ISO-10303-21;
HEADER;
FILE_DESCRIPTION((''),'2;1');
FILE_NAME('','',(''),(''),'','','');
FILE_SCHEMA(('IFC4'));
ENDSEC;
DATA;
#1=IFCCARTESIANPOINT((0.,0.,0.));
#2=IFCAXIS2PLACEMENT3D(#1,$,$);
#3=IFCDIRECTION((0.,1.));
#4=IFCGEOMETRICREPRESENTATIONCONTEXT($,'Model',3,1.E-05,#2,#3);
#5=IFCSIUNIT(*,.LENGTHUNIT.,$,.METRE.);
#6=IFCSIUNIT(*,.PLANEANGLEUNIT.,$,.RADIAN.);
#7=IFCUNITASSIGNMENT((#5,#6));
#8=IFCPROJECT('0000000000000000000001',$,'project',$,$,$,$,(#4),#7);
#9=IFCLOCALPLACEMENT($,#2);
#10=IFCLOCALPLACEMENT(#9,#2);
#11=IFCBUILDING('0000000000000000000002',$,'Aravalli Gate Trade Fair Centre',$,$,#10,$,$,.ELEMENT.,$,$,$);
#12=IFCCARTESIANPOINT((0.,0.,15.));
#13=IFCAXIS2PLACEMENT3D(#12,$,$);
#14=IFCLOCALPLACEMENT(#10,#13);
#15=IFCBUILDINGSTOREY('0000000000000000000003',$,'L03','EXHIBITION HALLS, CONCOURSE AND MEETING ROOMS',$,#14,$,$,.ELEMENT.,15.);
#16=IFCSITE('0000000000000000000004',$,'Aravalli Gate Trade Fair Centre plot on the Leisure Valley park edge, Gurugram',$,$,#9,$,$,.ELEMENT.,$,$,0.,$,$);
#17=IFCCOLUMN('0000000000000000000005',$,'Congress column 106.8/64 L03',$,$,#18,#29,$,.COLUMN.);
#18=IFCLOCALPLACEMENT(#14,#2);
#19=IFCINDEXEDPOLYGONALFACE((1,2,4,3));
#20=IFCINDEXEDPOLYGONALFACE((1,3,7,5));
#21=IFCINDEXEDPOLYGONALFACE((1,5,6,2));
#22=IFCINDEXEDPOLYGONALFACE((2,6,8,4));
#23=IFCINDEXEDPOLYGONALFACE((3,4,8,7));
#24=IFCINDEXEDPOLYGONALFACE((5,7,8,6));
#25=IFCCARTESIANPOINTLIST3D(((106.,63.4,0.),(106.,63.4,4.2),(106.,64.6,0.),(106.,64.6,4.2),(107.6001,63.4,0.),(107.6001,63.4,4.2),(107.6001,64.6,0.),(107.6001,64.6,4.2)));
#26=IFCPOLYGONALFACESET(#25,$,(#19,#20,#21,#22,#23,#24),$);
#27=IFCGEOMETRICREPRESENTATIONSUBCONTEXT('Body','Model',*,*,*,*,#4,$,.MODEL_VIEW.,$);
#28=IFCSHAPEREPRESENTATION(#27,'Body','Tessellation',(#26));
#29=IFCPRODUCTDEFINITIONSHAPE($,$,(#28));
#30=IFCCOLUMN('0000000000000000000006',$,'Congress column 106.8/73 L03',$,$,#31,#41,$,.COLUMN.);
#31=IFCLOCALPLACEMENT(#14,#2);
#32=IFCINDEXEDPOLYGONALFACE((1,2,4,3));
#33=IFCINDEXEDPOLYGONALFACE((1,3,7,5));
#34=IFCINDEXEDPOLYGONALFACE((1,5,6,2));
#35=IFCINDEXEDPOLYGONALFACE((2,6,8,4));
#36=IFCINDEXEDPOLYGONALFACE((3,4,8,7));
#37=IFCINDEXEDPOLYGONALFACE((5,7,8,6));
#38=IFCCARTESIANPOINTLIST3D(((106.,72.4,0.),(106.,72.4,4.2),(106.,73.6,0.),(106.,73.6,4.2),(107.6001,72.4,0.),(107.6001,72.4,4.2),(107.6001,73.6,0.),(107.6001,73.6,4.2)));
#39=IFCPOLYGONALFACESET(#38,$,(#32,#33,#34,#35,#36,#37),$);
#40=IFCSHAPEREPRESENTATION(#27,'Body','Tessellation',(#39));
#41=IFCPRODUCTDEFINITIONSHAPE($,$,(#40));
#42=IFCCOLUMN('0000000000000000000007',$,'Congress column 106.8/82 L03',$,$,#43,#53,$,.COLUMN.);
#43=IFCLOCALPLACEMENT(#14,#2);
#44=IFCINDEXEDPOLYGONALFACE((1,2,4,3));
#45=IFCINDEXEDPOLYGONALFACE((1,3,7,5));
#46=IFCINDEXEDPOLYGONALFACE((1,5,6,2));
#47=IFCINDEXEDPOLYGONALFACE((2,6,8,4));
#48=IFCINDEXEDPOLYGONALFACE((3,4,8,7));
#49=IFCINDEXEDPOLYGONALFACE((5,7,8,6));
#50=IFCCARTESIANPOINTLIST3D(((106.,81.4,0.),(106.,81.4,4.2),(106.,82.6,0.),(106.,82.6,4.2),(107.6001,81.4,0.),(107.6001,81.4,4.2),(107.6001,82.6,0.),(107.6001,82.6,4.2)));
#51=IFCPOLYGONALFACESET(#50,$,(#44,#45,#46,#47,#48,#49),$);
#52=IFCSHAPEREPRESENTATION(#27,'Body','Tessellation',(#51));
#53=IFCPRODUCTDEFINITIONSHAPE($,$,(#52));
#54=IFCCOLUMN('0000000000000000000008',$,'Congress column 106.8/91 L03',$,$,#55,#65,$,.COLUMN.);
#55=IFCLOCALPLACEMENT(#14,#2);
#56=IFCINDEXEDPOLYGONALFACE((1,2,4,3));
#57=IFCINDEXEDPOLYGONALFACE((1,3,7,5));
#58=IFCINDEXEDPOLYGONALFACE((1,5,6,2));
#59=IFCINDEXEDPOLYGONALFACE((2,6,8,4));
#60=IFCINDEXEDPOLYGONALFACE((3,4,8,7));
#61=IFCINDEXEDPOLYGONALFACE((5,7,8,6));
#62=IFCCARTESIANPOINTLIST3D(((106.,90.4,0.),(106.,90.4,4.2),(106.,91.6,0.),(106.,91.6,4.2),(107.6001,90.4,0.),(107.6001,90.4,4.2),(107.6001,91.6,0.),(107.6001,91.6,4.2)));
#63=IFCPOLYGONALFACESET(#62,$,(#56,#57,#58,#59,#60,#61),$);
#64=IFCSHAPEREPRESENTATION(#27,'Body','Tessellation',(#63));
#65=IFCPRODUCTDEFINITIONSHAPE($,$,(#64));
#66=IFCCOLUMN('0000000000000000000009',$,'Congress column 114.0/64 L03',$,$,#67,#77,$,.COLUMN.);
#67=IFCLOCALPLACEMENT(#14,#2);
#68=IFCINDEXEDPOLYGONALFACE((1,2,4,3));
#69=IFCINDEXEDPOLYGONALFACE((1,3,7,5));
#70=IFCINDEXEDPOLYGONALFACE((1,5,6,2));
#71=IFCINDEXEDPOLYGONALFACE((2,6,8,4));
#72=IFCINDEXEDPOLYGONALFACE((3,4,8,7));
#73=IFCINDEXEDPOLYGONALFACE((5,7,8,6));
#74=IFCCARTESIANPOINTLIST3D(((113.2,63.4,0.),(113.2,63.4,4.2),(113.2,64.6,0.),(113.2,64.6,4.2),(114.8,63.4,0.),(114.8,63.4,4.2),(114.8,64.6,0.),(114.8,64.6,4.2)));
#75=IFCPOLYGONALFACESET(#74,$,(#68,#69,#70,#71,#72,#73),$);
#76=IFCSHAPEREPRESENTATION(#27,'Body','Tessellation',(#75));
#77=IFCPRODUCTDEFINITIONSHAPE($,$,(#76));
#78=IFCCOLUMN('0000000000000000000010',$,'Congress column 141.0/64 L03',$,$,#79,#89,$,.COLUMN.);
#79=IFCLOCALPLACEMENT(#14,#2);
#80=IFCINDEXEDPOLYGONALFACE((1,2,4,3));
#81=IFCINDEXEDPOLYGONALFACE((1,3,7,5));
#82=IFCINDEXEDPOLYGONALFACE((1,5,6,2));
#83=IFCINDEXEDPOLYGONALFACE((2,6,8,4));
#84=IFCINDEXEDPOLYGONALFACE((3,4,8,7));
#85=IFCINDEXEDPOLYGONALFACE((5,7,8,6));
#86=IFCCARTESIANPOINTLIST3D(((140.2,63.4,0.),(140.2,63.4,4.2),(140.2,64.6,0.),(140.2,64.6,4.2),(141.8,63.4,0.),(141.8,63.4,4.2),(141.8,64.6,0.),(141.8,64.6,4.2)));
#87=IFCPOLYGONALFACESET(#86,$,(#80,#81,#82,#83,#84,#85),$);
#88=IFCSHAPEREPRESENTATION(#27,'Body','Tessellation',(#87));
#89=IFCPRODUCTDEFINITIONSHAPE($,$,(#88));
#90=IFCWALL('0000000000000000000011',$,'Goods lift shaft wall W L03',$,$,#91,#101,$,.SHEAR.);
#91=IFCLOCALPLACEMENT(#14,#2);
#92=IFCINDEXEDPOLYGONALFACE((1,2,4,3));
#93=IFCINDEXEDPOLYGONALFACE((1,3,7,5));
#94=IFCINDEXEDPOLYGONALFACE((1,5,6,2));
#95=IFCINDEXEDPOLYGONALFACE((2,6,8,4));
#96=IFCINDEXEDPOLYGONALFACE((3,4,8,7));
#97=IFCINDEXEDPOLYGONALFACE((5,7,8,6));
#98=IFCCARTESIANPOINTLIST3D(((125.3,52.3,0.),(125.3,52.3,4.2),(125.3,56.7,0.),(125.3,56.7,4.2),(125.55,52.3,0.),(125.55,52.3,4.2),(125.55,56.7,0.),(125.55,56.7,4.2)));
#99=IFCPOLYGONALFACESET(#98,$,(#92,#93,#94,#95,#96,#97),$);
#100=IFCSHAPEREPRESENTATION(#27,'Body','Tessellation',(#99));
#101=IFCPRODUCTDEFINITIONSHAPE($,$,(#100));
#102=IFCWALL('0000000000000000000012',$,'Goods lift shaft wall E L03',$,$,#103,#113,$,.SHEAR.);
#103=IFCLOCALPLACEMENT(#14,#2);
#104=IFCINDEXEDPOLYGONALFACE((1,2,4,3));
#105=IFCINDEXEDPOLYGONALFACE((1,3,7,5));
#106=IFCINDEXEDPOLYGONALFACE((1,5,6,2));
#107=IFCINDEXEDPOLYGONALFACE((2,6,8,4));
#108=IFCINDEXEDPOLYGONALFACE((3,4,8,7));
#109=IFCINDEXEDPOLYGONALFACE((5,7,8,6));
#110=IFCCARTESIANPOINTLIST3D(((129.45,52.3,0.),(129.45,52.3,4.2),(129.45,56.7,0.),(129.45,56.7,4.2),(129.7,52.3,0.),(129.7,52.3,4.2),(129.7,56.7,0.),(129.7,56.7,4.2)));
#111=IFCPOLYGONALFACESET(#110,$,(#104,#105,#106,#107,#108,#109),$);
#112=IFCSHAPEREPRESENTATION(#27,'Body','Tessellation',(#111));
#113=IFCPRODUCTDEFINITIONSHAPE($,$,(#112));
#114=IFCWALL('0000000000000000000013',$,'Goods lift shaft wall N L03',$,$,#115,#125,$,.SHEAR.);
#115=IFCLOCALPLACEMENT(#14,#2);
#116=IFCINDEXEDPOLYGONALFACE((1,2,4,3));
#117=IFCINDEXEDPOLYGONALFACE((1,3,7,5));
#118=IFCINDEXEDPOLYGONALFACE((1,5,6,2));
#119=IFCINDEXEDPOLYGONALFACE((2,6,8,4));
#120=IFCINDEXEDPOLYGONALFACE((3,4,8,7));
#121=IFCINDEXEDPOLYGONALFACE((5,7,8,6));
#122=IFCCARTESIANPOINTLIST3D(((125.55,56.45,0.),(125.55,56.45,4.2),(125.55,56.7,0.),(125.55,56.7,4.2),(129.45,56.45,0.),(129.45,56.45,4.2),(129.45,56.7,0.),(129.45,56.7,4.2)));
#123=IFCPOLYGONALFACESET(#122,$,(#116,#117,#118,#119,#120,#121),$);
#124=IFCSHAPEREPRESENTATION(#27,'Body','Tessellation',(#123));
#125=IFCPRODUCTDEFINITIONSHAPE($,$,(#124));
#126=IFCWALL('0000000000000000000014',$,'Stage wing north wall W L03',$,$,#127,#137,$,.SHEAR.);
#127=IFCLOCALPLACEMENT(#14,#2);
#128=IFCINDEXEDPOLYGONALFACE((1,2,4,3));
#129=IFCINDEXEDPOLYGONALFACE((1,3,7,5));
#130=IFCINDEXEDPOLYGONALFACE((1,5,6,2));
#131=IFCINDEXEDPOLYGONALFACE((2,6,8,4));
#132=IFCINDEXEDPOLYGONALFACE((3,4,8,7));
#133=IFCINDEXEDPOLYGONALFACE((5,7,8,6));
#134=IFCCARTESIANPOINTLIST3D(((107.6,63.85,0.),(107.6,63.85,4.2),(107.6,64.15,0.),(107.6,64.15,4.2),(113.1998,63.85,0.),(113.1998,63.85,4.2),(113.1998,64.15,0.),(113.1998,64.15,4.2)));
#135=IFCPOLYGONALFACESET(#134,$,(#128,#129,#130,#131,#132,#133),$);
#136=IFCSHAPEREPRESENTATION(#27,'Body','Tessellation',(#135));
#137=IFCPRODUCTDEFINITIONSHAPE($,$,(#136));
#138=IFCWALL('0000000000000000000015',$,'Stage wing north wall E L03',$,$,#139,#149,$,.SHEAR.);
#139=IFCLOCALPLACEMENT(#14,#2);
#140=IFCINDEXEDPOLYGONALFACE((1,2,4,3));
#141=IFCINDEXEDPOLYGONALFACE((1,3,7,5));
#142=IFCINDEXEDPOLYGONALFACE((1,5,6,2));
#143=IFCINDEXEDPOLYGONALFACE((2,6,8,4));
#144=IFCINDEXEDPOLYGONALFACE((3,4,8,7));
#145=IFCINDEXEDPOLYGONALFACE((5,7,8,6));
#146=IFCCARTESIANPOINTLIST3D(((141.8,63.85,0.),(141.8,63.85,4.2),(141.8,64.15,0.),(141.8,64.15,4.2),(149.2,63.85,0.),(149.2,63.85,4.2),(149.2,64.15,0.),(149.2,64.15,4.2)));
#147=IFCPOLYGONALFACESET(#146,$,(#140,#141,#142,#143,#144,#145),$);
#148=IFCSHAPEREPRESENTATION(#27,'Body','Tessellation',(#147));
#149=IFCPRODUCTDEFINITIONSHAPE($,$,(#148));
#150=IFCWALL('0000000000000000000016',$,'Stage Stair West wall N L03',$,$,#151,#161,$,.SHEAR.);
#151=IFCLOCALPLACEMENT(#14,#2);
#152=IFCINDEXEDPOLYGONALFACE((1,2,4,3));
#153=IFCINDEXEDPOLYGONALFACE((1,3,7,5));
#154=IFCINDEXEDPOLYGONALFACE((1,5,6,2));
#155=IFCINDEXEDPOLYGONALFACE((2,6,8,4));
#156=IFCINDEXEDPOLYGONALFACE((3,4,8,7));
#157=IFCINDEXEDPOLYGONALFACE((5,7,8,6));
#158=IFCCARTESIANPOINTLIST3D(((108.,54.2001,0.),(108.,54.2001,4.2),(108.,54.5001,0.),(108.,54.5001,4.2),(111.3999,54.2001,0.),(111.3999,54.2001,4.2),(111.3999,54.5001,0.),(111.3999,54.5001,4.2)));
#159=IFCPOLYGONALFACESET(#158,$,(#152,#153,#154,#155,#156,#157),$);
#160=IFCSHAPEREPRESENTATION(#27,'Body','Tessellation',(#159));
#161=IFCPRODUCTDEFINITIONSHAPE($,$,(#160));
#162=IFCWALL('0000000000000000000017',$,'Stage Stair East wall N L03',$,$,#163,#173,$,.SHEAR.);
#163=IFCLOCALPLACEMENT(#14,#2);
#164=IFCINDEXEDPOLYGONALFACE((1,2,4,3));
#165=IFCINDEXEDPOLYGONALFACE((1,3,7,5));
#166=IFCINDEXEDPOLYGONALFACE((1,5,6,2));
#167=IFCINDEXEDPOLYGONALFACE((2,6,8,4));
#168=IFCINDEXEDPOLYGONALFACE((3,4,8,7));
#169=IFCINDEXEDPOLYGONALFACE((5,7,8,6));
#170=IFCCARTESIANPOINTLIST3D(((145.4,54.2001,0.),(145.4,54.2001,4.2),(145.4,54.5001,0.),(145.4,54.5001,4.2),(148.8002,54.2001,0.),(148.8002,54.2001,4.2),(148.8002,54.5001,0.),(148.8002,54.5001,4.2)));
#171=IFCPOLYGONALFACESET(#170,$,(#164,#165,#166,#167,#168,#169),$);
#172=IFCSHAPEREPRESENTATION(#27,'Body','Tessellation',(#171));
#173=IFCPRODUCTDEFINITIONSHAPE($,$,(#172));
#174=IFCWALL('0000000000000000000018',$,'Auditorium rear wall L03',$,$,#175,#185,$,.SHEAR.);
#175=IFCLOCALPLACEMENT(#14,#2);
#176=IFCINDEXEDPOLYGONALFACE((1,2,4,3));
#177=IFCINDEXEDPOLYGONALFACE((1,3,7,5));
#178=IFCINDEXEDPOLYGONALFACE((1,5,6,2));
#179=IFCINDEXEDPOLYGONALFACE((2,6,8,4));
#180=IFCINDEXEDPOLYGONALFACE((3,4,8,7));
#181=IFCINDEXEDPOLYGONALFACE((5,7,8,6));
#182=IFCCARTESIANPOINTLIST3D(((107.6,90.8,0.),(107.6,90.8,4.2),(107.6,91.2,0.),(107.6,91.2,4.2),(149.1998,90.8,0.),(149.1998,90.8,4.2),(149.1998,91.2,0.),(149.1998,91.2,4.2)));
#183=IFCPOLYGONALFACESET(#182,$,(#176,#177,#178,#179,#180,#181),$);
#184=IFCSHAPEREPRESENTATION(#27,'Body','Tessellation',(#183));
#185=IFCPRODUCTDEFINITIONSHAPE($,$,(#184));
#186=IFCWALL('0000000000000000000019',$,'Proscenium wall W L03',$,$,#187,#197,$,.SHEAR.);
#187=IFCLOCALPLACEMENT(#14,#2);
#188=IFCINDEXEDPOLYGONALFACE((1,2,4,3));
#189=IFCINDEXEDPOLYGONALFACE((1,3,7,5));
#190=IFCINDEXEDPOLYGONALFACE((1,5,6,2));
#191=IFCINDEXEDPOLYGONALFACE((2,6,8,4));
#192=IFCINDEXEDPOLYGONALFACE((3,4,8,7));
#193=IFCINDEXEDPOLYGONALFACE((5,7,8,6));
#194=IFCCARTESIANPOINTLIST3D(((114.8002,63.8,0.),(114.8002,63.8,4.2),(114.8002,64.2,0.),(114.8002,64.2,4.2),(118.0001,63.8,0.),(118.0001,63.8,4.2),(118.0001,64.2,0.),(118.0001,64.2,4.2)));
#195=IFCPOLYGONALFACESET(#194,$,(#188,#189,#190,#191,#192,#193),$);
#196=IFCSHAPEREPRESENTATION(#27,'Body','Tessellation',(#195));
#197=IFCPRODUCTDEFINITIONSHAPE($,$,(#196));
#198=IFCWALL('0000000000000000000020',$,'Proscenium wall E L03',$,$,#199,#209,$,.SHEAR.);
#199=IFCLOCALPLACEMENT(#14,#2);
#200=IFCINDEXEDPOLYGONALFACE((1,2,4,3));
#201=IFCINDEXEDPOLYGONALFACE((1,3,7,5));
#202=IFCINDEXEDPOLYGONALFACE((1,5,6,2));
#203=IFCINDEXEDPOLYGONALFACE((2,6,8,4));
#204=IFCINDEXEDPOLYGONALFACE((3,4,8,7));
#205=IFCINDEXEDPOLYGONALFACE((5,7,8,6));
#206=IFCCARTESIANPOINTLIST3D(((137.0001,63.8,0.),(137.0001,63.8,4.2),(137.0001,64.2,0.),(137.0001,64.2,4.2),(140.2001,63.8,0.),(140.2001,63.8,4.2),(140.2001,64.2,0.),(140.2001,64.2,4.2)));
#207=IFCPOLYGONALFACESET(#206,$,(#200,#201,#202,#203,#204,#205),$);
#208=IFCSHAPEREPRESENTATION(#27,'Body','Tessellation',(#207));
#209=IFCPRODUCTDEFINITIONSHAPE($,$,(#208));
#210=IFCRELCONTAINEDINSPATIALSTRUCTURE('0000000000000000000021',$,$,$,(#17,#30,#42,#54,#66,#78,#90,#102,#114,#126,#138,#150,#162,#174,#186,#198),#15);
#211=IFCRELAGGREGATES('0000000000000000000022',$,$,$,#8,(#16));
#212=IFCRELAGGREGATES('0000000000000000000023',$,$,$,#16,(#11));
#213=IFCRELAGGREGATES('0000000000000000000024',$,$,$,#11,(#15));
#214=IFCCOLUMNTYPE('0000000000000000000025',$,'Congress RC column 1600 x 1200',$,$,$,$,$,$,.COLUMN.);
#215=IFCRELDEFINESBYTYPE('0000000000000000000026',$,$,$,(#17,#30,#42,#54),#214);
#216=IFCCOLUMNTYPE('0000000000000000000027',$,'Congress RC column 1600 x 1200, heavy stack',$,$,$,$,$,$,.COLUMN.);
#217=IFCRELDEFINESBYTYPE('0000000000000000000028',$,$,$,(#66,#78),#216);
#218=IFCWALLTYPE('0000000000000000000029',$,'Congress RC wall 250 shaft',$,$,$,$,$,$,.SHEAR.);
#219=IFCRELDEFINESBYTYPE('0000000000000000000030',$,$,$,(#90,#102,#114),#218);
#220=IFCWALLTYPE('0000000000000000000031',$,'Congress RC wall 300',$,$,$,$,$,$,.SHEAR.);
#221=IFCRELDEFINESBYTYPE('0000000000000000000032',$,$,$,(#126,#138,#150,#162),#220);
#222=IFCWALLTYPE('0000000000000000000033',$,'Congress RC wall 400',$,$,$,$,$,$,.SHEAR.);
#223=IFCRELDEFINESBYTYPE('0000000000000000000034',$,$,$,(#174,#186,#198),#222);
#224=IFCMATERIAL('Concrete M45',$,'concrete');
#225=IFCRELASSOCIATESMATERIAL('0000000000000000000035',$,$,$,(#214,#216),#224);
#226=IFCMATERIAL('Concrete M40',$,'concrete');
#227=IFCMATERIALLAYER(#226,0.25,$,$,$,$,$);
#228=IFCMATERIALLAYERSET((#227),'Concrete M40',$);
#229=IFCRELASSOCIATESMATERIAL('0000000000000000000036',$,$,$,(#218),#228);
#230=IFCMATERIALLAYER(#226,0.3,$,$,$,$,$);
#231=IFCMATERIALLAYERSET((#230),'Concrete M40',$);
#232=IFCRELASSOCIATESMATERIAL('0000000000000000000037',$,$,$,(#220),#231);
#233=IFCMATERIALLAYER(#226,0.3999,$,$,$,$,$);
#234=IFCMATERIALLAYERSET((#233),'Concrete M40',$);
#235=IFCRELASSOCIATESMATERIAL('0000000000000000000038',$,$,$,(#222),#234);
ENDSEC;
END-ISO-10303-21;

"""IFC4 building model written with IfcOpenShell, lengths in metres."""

from ifc_helpers import new_model, si_unit, direction, frame, frame_2d, origin, origin_2d, place, context, subcontext, project, spatial, rectangle, extrude, material, layer, layer_set, material_profile, profile_set, type_object, element, save


model = new_model("IFC4")

# Units and contexts
model_context = context("Model", 3, precision=1e-05, world=origin(), true_north=direction((0.0, 1.0)))
body_context = subcontext(model_context, "Body", "Model", "MODEL_VIEW")
ifc_project = project(units=[si_unit("LENGTHUNIT", "METRE"), si_unit("PLANEANGLEUNIT", "RADIAN")], contexts=[model_context])

# Site, building, storey
site_placement = place(None, origin())
site = spatial("IfcSite", under=ifc_project, at=site_placement, Name="Aravalli Gate Trade Fair Centre plot on the Leisure Valley park edge, Gurugram", CompositionType="ELEMENT", RefElevation=0.0)
building_placement = place(site_placement, origin())
building = spatial("IfcBuilding", under=site, at=building_placement, Name="Aravalli Gate Trade Fair Centre", CompositionType="ELEMENT")
storey_placement = place(building_placement, frame((0.0, 0.0, 15.0)))
storey = spatial("IfcBuildingStorey", under=building, at=storey_placement, Name="L03", Description="EXHIBITION HALLS, CONCOURSE AND MEETING ROOMS", CompositionType="ELEMENT", Elevation=15.0)

# Columns
ifc_material_1 = material(Name="Concrete M45", Category="concrete")
ifc_material_profile_1 = material_profile(ifc_material_1, rectangle(XDim=1.6001, YDim=1.2, at=origin_2d()), Name="RC 1600x1200")
ifc_profile_set_1 = profile_set([ifc_material_profile_1], Name="Concrete M45")
column_type_1 = type_object("IfcColumnType", Name="Congress RC column 1600 x 1200", PredefinedType="COLUMN", material=ifc_profile_set_1)
for number, where, z_axis, x_axis, name in (
    (1, (106.8, 64.0, 0.0), (0.0, 0.0, 1.0), (1.0, 0.0, 0.0), "Congress column 106.8/64 L03"),
    (2, (106.8, 73.0, 0.0), (0.0, 0.0, 1.0), (1.0, 0.0, 0.0), "Congress column 106.8/73 L03"),
    (3, (106.8, 82.0, 0.0), (0.0, 0.0, 1.0), (1.0, 0.0, 0.0), "Congress column 106.8/82 L03"),
    (4, (106.8, 91.0, 0.0), (0.0, 0.0, 1.0), (1.0, 0.0, 0.0), "Congress column 106.8/91 L03"),
):
    element("IfcColumn", number, at=place(storey_placement, frame(where, z_axis=z_axis, x_axis=x_axis)), inside=storey, type_object=column_type_1, Name=name, PredefinedType="COLUMN", context=body_context, shape_type="SweptSolid", body=[
        extrude(rectangle(XDim=1.6001, YDim=1.2, at=origin_2d()), origin(), (0.0, 0.0, 1.0), 4.2),
    ])
ifc_material_profile_2 = material_profile(ifc_material_1, rectangle(XDim=1.6001, YDim=1.2, at=origin_2d()), Name="RC 1600x1200")
ifc_profile_set_2 = profile_set([ifc_material_profile_2], Name="Concrete M45")
column_type_2 = type_object("IfcColumnType", Name="Congress RC column 1600 x 1200, heavy stack", PredefinedType="COLUMN", material=ifc_profile_set_2)
for number, where, z_axis, x_axis, name in (
    (5, (114.0, 64.0, 0.0), (0.0, 0.0, 1.0), (1.0, 0.0, 0.0), "Congress column 114.0/64 L03"),
    (6, (141.0, 64.0, 0.0), (0.0, 0.0, 1.0), (1.0, 0.0, 0.0), "Congress column 141.0/64 L03"),
):
    element("IfcColumn", number, at=place(storey_placement, frame(where, z_axis=z_axis, x_axis=x_axis)), inside=storey, type_object=column_type_2, Name=name, PredefinedType="COLUMN", context=body_context, shape_type="SweptSolid", body=[
        extrude(rectangle(XDim=1.6001, YDim=1.2, at=origin_2d()), origin(), (0.0, 0.0, 1.0), 4.2),
    ])

# Walls
ifc_material_2 = material(Name="Concrete M40", Category="concrete")
ifc_layer_1 = layer(ifc_material_2, 0.25)
ifc_layer_set_1 = layer_set([ifc_layer_1], Name="Concrete M40")
wall_type_1 = type_object("IfcWallType", Name="Congress RC wall 250 shaft", PredefinedType="SHEAR", material=ifc_layer_set_1)
for number, where, z_axis, x_axis, name in (
    (7, (125.425, 52.3, 0.0), (0.0, 0.0, 1.0), (0.0, 1.0, 0.0), "Goods lift shaft wall W L03"),
    (8, (129.575, 52.3, 0.0), (0.0, 0.0, 1.0), (0.0, 1.0, 0.0), "Goods lift shaft wall E L03"),
):
    element("IfcWall", number, at=place(storey_placement, frame(where, z_axis=z_axis, x_axis=x_axis)), inside=storey, type_object=wall_type_1, Name=name, PredefinedType="SHEAR", context=body_context, shape_type="SweptSolid", body=[
        extrude(rectangle(XDim=4.3999, YDim=0.25, at=frame_2d((2.2, 0.0))), origin(), (0.0, 0.0, 1.0), 4.2),
    ])

# Walls
wall_1_placement = place(storey_placement, frame((125.55, 56.575, 0.0), z_axis=(0.0, 0.0, 1.0), x_axis=(1.0, 0.0, 0.0)))
element("IfcWall", 9, at=wall_1_placement, inside=storey, type_object=wall_type_1, Name="Goods lift shaft wall N L03", PredefinedType="SHEAR", context=body_context, shape_type="SweptSolid", body=[
    extrude(rectangle(XDim=3.8999, YDim=0.25, at=frame_2d((1.95, 0.0))), origin(), (0.0, 0.0, 1.0), 4.2),
])
ifc_layer_2 = layer(ifc_material_2, 0.3)
ifc_layer_set_2 = layer_set([ifc_layer_2], Name="Concrete M40")
wall_type_2 = type_object("IfcWallType", Name="Congress RC wall 300", PredefinedType="SHEAR", material=ifc_layer_set_2)
wall_2_placement = place(storey_placement, frame((107.6001, 64.0, 0.0), z_axis=(0.0, 0.0, 1.0), x_axis=(1.0, 0.0, 0.0)))
element("IfcWall", 10, at=wall_2_placement, inside=storey, type_object=wall_type_2, Name="Stage wing north wall W L03", PredefinedType="SHEAR", context=body_context, shape_type="SweptSolid", body=[
    extrude(rectangle(XDim=5.5999, YDim=0.3, at=frame_2d((2.7998, 0.0))), origin(), (0.0, 0.0, 1.0), 4.2),
])
wall_3_placement = place(storey_placement, frame((141.8, 64.0, 0.0), z_axis=(0.0, 0.0, 1.0), x_axis=(1.0, 0.0, 0.0)))
element("IfcWall", 11, at=wall_3_placement, inside=storey, type_object=wall_type_2, Name="Stage wing north wall E L03", PredefinedType="SHEAR", context=body_context, shape_type="SweptSolid", body=[
    extrude(rectangle(XDim=7.3999, YDim=0.3, at=frame_2d((3.7, 0.0))), origin(), (0.0, 0.0, 1.0), 4.2),
])
wall_4_placement = place(storey_placement, frame((108.0, 54.3501, 0.0), z_axis=(0.0, 0.0, 1.0), x_axis=(1.0, 0.0, 0.0)))
element("IfcWall", 12, at=wall_4_placement, inside=storey, type_object=wall_type_2, Name="Stage Stair West wall N L03", PredefinedType="SHEAR", context=body_context, shape_type="SweptSolid", body=[
    extrude(rectangle(XDim=3.3999, YDim=0.3, at=frame_2d((1.7, 0.0))), origin(), (0.0, 0.0, 1.0), 4.2),
])
wall_5_placement = place(storey_placement, frame((145.3999, 54.3501, 0.0), z_axis=(0.0, 0.0, 1.0), x_axis=(1.0, 0.0, 0.0)))
element("IfcWall", 13, at=wall_5_placement, inside=storey, type_object=wall_type_2, Name="Stage Stair East wall N L03", PredefinedType="SHEAR", context=body_context, shape_type="SweptSolid", body=[
    extrude(rectangle(XDim=3.4001, YDim=0.3, at=frame_2d((1.7002, 0.0))), origin(), (0.0, 0.0, 1.0), 4.2),
])
ifc_layer_3 = layer(ifc_material_2, 0.3999)
ifc_layer_set_3 = layer_set([ifc_layer_3], Name="Concrete M40")
wall_type_3 = type_object("IfcWallType", Name="Congress RC wall 400", PredefinedType="SHEAR", material=ifc_layer_set_3)
wall_6_placement = place(storey_placement, frame((107.6001, 91.0, 0.0), z_axis=(0.0, 0.0, 1.0), x_axis=(1.0, 0.0, 0.0)))
element("IfcWall", 14, at=wall_6_placement, inside=storey, type_object=wall_type_3, Name="Auditorium rear wall L03", PredefinedType="SHEAR", context=body_context, shape_type="SweptSolid", body=[
    extrude(rectangle(XDim=41.5999, YDim=0.3999, at=frame_2d((20.7998, 0.0))), origin(), (0.0, 0.0, 1.0), 4.2),
])
for number, where, z_axis, x_axis, name in (
    (15, (114.8, 64.0, 0.0), (0.0, 0.0, 1.0), (1.0, 0.0, 0.0), "Proscenium wall W L03"),
    (16, (137.0, 64.0, 0.0), (0.0, 0.0, 1.0), (1.0, 0.0, 0.0), "Proscenium wall E L03"),
):
    element("IfcWall", number, at=place(storey_placement, frame(where, z_axis=z_axis, x_axis=x_axis)), inside=storey, type_object=wall_type_3, Name=name, PredefinedType="SHEAR", context=body_context, shape_type="SweptSolid", body=[
        extrude(rectangle(XDim=3.2, YDim=0.3999, at=frame_2d((1.6001, 0.0))), origin(), (0.0, 0.0, 1.0), 4.2),
    ])

save(model, "model.ifc")
